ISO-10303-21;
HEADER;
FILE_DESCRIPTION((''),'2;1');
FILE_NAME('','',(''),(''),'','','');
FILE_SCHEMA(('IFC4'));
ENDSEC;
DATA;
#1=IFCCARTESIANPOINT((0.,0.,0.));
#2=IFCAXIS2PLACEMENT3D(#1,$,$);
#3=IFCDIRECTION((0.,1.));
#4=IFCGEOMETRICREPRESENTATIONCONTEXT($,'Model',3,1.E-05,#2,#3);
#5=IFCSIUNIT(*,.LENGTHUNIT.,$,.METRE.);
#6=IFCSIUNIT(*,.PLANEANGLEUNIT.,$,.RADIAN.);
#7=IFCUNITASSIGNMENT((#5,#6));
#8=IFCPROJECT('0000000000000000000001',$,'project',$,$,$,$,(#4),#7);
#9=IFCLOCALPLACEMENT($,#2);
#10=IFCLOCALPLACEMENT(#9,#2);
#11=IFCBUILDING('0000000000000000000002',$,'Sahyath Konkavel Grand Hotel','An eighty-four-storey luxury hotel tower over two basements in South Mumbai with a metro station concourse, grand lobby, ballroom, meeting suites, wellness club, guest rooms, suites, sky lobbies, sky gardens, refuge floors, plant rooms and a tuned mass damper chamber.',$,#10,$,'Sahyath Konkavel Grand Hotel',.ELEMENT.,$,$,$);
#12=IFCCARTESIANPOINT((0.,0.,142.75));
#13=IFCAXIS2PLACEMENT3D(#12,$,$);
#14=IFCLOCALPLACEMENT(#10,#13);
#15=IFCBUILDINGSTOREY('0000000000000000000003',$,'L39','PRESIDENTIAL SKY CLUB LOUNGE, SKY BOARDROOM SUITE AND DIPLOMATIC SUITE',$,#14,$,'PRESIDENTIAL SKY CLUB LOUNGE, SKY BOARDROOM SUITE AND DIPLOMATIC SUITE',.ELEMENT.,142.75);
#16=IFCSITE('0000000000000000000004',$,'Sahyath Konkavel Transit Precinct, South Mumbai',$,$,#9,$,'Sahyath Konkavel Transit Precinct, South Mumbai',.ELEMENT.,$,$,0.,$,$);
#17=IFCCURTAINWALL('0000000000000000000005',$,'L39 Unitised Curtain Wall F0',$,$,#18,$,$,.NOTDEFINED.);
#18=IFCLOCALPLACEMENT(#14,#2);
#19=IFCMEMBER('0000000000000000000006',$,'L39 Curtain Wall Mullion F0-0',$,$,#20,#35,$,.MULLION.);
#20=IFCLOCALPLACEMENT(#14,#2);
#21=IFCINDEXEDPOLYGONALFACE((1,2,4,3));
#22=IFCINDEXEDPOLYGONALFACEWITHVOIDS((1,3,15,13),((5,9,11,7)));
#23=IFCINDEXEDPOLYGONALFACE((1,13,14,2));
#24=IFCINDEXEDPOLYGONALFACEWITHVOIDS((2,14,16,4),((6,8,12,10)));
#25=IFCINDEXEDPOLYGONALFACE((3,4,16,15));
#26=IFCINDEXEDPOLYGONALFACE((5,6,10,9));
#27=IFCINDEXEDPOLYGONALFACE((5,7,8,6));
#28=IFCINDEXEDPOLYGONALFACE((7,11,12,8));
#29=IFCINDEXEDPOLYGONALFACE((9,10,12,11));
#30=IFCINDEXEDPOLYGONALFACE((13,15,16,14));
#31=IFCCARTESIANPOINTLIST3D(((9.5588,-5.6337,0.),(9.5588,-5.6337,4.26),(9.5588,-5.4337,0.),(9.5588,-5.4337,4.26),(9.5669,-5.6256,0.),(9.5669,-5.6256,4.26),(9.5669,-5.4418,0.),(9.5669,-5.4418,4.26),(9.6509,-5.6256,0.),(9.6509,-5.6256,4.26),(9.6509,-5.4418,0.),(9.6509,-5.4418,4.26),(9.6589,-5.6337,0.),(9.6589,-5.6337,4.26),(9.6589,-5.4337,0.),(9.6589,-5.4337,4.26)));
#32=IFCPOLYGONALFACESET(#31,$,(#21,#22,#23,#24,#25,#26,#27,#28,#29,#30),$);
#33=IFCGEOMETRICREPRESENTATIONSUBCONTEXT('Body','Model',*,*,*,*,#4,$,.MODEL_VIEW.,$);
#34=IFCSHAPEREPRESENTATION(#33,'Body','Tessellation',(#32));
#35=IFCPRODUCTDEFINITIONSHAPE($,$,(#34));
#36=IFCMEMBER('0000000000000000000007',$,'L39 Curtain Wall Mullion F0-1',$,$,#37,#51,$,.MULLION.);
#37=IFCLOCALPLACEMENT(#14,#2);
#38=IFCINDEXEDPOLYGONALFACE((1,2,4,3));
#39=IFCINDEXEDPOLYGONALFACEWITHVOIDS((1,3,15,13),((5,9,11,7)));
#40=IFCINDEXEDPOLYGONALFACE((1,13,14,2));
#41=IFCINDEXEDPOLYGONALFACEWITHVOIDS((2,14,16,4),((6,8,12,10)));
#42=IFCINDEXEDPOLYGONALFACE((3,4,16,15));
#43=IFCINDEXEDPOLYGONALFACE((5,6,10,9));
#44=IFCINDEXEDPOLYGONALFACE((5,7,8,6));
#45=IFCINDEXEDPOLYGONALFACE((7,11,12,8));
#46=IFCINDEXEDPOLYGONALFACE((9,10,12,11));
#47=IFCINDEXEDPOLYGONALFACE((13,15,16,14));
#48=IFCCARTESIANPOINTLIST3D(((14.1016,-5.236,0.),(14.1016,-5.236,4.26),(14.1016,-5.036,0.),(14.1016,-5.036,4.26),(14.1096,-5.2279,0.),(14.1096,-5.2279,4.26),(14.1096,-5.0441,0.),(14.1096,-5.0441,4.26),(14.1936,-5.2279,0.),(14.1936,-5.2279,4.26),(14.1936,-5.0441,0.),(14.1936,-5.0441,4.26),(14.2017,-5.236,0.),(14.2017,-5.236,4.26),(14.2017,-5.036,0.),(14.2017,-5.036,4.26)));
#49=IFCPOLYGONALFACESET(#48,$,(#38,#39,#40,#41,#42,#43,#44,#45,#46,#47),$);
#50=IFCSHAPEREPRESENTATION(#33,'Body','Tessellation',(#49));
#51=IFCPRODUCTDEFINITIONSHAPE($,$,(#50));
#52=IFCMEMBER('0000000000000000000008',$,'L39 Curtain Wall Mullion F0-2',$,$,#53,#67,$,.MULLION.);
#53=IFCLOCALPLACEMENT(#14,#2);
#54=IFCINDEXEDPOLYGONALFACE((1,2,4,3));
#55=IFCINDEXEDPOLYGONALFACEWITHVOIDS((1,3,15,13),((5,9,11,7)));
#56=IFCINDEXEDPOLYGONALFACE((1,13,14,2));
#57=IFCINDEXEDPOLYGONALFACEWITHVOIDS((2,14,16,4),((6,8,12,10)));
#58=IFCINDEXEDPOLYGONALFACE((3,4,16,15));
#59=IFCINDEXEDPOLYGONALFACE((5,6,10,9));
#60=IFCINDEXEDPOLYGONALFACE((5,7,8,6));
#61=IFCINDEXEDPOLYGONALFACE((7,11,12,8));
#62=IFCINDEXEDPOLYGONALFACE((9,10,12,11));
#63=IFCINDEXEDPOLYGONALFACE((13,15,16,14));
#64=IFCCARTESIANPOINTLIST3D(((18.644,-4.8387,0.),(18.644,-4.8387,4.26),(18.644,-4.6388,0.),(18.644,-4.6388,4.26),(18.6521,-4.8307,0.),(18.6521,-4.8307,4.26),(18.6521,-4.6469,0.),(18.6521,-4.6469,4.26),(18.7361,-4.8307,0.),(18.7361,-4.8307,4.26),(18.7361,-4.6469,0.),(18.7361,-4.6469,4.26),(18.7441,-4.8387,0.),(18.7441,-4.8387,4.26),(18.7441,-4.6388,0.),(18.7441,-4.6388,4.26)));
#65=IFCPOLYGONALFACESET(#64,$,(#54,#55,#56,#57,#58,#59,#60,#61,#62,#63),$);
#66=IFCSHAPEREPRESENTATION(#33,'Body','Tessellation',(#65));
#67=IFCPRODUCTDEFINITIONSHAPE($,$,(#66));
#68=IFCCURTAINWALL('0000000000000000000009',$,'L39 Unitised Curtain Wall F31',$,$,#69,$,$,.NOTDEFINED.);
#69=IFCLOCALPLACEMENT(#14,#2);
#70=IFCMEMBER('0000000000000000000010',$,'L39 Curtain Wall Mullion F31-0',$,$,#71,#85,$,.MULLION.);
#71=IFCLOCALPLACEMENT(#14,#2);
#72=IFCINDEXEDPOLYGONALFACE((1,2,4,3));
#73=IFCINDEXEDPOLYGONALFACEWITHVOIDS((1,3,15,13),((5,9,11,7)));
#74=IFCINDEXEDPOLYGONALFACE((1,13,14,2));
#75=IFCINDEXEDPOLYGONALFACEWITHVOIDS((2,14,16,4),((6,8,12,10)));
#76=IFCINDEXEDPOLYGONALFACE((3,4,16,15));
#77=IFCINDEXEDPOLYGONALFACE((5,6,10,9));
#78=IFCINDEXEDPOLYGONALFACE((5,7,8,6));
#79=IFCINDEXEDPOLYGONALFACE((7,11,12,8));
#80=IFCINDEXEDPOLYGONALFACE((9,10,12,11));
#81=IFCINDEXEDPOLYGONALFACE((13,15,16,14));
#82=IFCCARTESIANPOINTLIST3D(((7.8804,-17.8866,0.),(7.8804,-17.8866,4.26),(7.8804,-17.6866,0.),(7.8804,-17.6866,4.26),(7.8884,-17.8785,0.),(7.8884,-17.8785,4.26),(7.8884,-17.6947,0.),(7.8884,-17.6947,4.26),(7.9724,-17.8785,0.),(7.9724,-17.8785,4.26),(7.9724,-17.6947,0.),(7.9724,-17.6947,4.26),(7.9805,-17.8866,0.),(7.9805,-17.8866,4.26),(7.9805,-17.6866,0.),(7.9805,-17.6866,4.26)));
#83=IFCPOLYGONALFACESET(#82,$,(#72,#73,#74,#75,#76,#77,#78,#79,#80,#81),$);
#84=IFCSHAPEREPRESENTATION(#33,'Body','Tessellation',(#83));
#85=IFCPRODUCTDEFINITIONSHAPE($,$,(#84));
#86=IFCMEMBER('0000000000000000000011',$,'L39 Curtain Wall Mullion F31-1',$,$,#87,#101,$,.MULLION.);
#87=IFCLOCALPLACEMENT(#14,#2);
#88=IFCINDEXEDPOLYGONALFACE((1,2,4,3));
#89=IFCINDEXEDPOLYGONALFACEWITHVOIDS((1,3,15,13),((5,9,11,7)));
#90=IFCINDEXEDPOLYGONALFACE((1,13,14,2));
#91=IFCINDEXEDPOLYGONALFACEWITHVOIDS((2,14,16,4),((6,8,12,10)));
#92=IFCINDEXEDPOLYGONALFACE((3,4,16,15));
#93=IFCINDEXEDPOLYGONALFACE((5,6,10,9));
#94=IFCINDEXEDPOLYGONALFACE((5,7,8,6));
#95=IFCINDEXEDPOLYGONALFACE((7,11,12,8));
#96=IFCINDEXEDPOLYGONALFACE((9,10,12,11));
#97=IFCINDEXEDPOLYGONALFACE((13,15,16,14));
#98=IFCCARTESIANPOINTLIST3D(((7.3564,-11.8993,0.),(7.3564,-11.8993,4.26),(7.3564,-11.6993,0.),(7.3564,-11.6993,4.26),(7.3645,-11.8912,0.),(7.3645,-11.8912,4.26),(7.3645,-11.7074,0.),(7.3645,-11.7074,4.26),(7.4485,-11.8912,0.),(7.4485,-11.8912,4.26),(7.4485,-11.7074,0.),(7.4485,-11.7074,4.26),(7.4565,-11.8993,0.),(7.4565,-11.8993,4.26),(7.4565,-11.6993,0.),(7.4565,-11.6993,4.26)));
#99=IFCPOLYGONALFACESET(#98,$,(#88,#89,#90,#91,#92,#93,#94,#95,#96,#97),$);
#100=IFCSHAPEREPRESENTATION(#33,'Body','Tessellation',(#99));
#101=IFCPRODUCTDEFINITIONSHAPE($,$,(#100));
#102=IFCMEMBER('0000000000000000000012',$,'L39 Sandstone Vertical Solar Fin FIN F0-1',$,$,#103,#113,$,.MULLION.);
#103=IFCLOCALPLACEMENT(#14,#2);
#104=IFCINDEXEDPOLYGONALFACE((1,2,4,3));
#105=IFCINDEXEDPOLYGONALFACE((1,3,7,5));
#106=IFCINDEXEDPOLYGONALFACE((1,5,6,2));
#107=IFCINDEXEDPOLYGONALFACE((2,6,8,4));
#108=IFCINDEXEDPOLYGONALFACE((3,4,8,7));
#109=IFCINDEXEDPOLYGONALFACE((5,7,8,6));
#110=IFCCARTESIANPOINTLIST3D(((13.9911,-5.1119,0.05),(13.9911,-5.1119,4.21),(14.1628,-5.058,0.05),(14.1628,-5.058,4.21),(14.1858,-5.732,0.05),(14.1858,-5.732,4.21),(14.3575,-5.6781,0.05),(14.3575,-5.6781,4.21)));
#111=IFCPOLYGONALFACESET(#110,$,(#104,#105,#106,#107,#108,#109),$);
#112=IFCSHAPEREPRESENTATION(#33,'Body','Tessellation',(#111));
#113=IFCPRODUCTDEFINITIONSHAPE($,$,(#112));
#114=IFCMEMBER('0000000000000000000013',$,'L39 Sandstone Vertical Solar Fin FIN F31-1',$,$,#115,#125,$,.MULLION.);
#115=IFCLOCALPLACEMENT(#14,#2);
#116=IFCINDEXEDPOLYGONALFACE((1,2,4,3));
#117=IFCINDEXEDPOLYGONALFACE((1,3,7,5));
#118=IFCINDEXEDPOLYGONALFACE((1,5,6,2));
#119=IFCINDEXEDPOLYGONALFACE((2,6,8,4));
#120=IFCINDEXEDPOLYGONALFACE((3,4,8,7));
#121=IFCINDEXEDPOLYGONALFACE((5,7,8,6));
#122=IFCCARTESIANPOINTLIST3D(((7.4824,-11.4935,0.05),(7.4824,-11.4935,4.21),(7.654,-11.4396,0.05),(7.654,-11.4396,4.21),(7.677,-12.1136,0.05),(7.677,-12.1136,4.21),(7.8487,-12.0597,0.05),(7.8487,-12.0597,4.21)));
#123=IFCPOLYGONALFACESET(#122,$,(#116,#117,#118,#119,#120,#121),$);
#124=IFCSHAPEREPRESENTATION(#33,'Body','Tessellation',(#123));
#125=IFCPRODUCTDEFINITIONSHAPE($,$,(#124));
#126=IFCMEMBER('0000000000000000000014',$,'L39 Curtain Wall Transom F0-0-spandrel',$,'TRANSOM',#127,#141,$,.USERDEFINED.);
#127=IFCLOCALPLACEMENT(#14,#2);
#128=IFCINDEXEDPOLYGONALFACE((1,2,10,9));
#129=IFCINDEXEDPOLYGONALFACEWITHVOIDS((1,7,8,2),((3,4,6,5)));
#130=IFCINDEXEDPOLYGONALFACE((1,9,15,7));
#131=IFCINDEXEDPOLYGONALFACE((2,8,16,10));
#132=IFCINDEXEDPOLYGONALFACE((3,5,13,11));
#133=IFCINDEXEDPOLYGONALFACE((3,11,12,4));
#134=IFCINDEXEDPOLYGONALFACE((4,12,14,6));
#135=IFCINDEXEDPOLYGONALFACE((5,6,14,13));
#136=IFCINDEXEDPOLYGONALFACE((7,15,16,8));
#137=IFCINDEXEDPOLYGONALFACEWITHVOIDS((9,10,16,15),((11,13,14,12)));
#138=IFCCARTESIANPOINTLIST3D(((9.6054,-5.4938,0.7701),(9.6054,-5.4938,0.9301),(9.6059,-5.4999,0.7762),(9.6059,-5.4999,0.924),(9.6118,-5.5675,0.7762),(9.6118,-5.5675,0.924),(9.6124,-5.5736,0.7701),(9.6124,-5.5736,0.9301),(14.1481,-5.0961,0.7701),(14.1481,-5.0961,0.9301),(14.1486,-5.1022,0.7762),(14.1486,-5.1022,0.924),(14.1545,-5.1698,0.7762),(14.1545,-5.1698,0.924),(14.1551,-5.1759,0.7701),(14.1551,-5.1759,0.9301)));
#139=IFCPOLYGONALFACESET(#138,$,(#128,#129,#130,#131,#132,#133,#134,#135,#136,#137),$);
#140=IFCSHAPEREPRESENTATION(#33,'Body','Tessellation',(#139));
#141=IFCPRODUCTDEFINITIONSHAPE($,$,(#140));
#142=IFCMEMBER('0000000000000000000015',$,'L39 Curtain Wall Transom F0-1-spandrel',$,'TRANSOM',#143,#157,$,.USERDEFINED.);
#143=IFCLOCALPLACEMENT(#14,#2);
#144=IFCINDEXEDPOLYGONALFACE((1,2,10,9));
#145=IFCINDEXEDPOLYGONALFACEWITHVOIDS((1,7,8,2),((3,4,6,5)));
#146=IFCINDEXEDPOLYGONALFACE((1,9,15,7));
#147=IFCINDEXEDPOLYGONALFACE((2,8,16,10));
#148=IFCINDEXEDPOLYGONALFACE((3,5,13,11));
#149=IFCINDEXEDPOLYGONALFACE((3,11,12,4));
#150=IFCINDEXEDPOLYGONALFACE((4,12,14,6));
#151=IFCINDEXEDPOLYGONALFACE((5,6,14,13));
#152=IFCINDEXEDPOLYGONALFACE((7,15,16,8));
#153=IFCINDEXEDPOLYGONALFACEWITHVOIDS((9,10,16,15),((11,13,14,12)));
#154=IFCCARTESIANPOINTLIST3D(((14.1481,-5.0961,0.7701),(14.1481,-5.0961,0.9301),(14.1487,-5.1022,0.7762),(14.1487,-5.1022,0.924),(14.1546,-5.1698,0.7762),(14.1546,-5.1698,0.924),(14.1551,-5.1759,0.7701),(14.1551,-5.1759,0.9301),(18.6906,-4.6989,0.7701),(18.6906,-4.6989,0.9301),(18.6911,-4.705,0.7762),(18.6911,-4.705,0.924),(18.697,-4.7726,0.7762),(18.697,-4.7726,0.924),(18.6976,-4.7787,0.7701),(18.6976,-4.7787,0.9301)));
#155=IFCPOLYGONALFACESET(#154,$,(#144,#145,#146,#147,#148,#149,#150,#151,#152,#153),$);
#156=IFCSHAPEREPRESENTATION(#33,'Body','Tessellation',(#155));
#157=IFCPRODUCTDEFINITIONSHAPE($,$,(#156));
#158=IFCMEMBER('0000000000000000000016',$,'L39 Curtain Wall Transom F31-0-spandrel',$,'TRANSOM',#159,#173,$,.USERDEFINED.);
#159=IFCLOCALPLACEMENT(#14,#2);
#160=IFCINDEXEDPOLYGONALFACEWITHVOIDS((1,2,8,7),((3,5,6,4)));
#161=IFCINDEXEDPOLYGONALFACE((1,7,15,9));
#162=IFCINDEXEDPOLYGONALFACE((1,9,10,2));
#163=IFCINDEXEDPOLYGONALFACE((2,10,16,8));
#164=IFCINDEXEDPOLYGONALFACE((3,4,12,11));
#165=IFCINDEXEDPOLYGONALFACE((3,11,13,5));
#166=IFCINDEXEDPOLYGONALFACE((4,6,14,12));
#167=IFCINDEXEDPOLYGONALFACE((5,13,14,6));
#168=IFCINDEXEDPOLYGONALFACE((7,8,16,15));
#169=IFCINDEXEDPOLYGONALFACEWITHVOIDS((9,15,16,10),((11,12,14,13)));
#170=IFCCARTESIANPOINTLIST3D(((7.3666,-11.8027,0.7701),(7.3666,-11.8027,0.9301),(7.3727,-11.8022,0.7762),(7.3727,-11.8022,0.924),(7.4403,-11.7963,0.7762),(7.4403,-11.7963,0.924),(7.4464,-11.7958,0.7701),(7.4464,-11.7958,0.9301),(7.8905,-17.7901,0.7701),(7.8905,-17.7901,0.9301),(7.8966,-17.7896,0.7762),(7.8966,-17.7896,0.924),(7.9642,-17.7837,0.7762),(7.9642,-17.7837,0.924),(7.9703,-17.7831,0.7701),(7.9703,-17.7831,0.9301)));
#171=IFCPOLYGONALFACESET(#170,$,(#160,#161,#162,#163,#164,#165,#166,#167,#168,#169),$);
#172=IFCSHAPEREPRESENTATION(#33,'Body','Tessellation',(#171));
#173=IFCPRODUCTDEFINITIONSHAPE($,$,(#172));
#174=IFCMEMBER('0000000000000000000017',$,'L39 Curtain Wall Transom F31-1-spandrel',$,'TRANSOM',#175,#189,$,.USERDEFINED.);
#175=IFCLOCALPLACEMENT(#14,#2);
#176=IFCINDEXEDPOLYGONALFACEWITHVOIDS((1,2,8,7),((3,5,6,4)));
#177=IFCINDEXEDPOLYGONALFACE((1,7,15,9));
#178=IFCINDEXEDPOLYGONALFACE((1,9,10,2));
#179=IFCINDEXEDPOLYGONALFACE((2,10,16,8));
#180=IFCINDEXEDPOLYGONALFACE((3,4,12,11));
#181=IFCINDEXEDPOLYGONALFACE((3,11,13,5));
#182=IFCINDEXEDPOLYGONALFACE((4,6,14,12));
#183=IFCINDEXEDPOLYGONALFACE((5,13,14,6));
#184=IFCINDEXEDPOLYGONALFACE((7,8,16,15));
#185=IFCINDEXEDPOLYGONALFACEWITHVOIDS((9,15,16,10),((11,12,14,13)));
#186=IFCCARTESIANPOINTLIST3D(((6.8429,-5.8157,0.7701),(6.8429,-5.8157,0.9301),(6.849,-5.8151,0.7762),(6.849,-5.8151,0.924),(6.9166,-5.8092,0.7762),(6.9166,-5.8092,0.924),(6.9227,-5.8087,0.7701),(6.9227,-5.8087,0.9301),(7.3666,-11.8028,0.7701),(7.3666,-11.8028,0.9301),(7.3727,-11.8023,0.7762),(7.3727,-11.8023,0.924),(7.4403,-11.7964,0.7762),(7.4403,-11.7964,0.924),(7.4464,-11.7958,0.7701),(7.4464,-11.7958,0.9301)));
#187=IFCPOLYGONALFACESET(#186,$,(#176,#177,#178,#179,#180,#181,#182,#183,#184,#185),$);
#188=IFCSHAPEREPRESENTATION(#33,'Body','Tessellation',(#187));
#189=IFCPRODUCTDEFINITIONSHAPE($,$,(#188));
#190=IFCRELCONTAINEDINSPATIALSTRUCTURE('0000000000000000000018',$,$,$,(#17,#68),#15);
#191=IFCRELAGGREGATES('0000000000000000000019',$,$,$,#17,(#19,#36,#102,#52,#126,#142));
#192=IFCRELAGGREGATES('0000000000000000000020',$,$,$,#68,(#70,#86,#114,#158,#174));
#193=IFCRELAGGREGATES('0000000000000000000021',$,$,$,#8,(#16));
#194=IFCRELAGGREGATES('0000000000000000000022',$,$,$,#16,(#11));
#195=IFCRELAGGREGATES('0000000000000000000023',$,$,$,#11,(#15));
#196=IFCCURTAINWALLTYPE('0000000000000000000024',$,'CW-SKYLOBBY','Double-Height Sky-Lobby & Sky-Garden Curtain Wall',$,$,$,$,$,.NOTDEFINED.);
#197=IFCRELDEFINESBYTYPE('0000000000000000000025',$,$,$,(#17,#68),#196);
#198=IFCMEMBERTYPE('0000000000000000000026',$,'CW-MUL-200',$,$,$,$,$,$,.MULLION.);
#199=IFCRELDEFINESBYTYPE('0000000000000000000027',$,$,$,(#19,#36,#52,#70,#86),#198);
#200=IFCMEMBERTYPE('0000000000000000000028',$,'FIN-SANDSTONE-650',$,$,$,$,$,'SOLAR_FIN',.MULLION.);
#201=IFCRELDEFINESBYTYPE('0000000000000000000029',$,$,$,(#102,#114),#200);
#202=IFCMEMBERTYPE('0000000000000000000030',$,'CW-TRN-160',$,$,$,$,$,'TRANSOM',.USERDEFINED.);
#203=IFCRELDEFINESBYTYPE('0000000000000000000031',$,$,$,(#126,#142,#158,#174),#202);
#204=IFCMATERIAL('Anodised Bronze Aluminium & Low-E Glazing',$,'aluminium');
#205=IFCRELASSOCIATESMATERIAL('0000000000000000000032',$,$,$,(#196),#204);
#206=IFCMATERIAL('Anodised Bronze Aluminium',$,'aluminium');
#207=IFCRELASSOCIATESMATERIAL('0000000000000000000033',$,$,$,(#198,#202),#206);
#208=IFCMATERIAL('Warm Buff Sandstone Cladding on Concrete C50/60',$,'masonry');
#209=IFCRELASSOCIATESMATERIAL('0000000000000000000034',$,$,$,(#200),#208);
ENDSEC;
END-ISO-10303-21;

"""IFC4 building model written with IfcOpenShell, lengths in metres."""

from ifc_helpers import new_model, si_unit, direction, frame, origin, origin_2d, place, context, subcontext, project, spatial, rectangle, hollow_rectangle, extrude, source, transform, mapped, material, material_profile, profile_set, type_object, element, aggregate, save


model = new_model("IFC4")

# Units and contexts
model_context = context("Model", 3, precision=1e-05, world=origin(), true_north=direction((0.0, 1.0)))
body_context = subcontext(model_context, "Body", "Model", "MODEL_VIEW")
ifc_project = project(units=[si_unit("LENGTHUNIT", "METRE"), si_unit("PLANEANGLEUNIT", "RADIAN")], contexts=[model_context])

# Site, building, storey
site_placement = place(None, origin())
site = spatial("IfcSite", under=ifc_project, at=site_placement, Name="Sahyath Konkavel Transit Precinct, South Mumbai", LongName="Sahyath Konkavel Transit Precinct, South Mumbai", CompositionType="ELEMENT", RefElevation=0.0)
building_placement = place(site_placement, origin())
building = spatial("IfcBuilding", under=site, at=building_placement, Name="Sahyath Konkavel Grand Hotel", Description="An eighty-four-storey luxury hotel tower over two basements in South Mumbai with a metro station concourse, grand lobby, ballroom, meeting suites, wellness club, guest rooms, suites, sky lobbies, sky gardens, refuge floors, plant rooms and a tuned mass damper chamber.", LongName="Sahyath Konkavel Grand Hotel", CompositionType="ELEMENT")
storey_placement = place(building_placement, frame((0.0, 0.0, 142.75)))
storey = spatial("IfcBuildingStorey", under=building, at=storey_placement, Name="L39", Description="PRESIDENTIAL SKY CLUB LOUNGE, SKY BOARDROOM SUITE AND DIPLOMATIC SUITE", LongName="PRESIDENTIAL SKY CLUB LOUNGE, SKY BOARDROOM SUITE AND DIPLOMATIC SUITE", CompositionType="ELEMENT", Elevation=142.75)

# Curtain walls, members
ifc_material_1 = material(Name="Anodised Bronze Aluminium & Low-E Glazing", Category="aluminium")
curtain_wall_type = type_object("IfcCurtainWallType", Name="CW-SKYLOBBY", Description="Double-Height Sky-Lobby & Sky-Garden Curtain Wall", PredefinedType="NOTDEFINED", material=ifc_material_1)
curtain_wall_1_placement = place(storey_placement, origin())
curtain_wall_1 = element("IfcCurtainWall", 1, at=curtain_wall_1_placement, inside=storey, type_object=curtain_wall_type, Name="L39 Unitised Curtain Wall F0", PredefinedType="NOTDEFINED")
ifc_material_2 = material(Name="Anodised Bronze Aluminium", Category="aluminium")
ifc_material_profile_1 = material_profile(ifc_material_2, hollow_rectangle(XDim=0.1001, YDim=0.2, WallThickness=0.0081, at=origin_2d()), Name="RHS 200x100x8")
ifc_profile_set_1 = profile_set([ifc_material_profile_1], Name="Anodised Bronze Aluminium")
member_type_1 = type_object("IfcMemberType", Name="CW-MUL-200", PredefinedType="MULLION", material=ifc_profile_set_1)
shared_shape_1 = source(origin(), body_context, "Body", "SweptSolid", [
    extrude(hollow_rectangle(XDim=0.1001, YDim=0.2, WallThickness=0.0081, at=origin_2d()), origin(), (0.0, 0.0, 1.0), 4.26),
])
member_1_placement = place(storey_placement, frame((9.6089, -5.5337, 0.0), z_axis=(0.0, 0.0, 1.0), x_axis=(1.0, 0.0, 0.0)))
member_1 = element("IfcMember", 2, at=member_1_placement, type_object=member_type_1, Name="L39 Curtain Wall Mullion F0-0", PredefinedType="MULLION", context=body_context, shape_type="MappedRepresentation", body=[
    mapped(shared_shape_1, transform((0.0, 0.0, 0.0), scale=1.0)),
])
member_2_placement = place(storey_placement, frame((14.1516, -5.136, 0.0), z_axis=(0.0, 0.0, 1.0), x_axis=(1.0, 0.0, 0.0)))
member_2 = element("IfcMember", 3, at=member_2_placement, type_object=member_type_1, Name="L39 Curtain Wall Mullion F0-1", PredefinedType="MULLION", context=body_context, shape_type="MappedRepresentation", body=[
    mapped(shared_shape_1, transform((0.0, 0.0, 0.0), scale=1.0)),
])
member_3_placement = place(storey_placement, frame((18.6941, -4.7388, 0.0), z_axis=(0.0, 0.0, 1.0), x_axis=(1.0, 0.0, 0.0)))
member_3 = element("IfcMember", 4, at=member_3_placement, type_object=member_type_1, Name="L39 Curtain Wall Mullion F0-2", PredefinedType="MULLION", context=body_context, shape_type="MappedRepresentation", body=[
    mapped(shared_shape_1, transform((0.0, 0.0, 0.0), scale=1.0)),
])
curtain_wall_2_placement = place(storey_placement, origin())
curtain_wall_2 = element("IfcCurtainWall", 5, at=curtain_wall_2_placement, inside=storey, type_object=curtain_wall_type, Name="L39 Unitised Curtain Wall F31", PredefinedType="NOTDEFINED")
member_4_placement = place(storey_placement, frame((7.9304, -17.7866, 0.0), z_axis=(0.0, 0.0, 1.0), x_axis=(1.0, 0.0, 0.0)))
member_4 = element("IfcMember", 6, at=member_4_placement, type_object=member_type_1, Name="L39 Curtain Wall Mullion F31-0", PredefinedType="MULLION", context=body_context, shape_type="MappedRepresentation", body=[
    mapped(shared_shape_1, transform((0.0, 0.0, 0.0), scale=1.0)),
])
member_5_placement = place(storey_placement, frame((7.4065, -11.7993, 0.0), z_axis=(0.0, 0.0, 1.0), x_axis=(1.0, 0.0, 0.0)))
member_5 = element("IfcMember", 7, at=member_5_placement, type_object=member_type_1, Name="L39 Curtain Wall Mullion F31-1", PredefinedType="MULLION", context=body_context, shape_type="MappedRepresentation", body=[
    mapped(shared_shape_1, transform((0.0, 0.0, 0.0), scale=1.0)),
])

# Members
ifc_material_3 = material(Name="Warm Buff Sandstone Cladding on Concrete C50/60", Category="masonry")
ifc_material_profile_2 = material_profile(ifc_material_3, rectangle(XDim=0.1799, YDim=0.6499, at=origin_2d()), Name="FIN 180x650")
ifc_profile_set_2 = profile_set([ifc_material_profile_2], Name="Warm Buff Sandstone Cladding on Concrete C50/60")
member_type_2 = type_object("IfcMemberType", Name="FIN-SANDSTONE-650", ElementType="SOLAR_FIN", PredefinedType="MULLION", material=ifc_profile_set_2)
shared_shape_2 = source(origin(), body_context, "Body", "SweptSolid", [
    extrude(rectangle(XDim=0.1799, YDim=0.6499, at=origin_2d()), origin(), (0.0, 0.0, 1.0), 4.1599),
])
member_6_placement = place(storey_placement, frame((14.1743, -5.395, 0.05), z_axis=(0.0, 0.0, 1.0), x_axis=(0.954084, 0.29954, 0.0)))
member_6 = element("IfcMember", 8, at=member_6_placement, type_object=member_type_2, Name="L39 Sandstone Vertical Solar Fin FIN F0-1", PredefinedType="MULLION", context=body_context, shape_type="MappedRepresentation", body=[
    mapped(shared_shape_2, transform((0.0, 0.0, 0.0), scale=1.0)),
])
member_7_placement = place(storey_placement, frame((7.6655, -11.7766, 0.05), z_axis=(0.0, 0.0, 1.0), x_axis=(0.954084, 0.29954, 0.0)))
member_7 = element("IfcMember", 9, at=member_7_placement, type_object=member_type_2, Name="L39 Sandstone Vertical Solar Fin FIN F31-1", PredefinedType="MULLION", context=body_context, shape_type="MappedRepresentation", body=[
    mapped(shared_shape_2, transform((0.0, 0.0, 0.0), scale=1.0)),
])
ifc_material_profile_3 = material_profile(ifc_material_2, hollow_rectangle(XDim=0.0801, YDim=0.1599, WallThickness=0.0061, at=origin_2d()), Name="RHS 160x80x6")
ifc_profile_set_3 = profile_set([ifc_material_profile_3], Name="Anodised Bronze Aluminium")
member_type_3 = type_object("IfcMemberType", Name="CW-TRN-160", ElementType="TRANSOM", PredefinedType="USERDEFINED", material=ifc_profile_set_3)
shared_shape_3 = source(origin(), body_context, "Body", "SweptSolid", [
    extrude(hollow_rectangle(XDim=0.0801, YDim=0.1599, WallThickness=0.0061, at=origin_2d()), origin(), (0.0, 0.0, 1.0), 4.5601),
])
member_8_placement = place(storey_placement, frame((9.6089, -5.5337, 0.8501), z_axis=(0.99619, 0.087214, 0.0), x_axis=(-0.087214, 0.99619, 0.0)))
member_8 = element("IfcMember", 10, at=member_8_placement, type_object=member_type_3, Name="L39 Curtain Wall Transom F0-0-spandrel", ObjectType="TRANSOM", PredefinedType="USERDEFINED", context=body_context, shape_type="MappedRepresentation", body=[
    mapped(shared_shape_3, transform((0.0, 0.0, 0.0), scale=1.0)),
])
shared_shape_4 = source(origin(), body_context, "Body", "SweptSolid", [
    extrude(hollow_rectangle(XDim=0.0801, YDim=0.1599, WallThickness=0.0061, at=origin_2d()), origin(), (0.0, 0.0, 1.0), 4.5598),
])
member_9_placement = place(storey_placement, frame((14.1516, -5.136, 0.8501), z_axis=(0.996198, 0.087112, 0.0), x_axis=(-0.087112, 0.996198, 0.0)))
member_9 = element("IfcMember", 11, at=member_9_placement, type_object=member_type_3, Name="L39 Curtain Wall Transom F0-1-spandrel", ObjectType="TRANSOM", PredefinedType="USERDEFINED", context=body_context, shape_type="MappedRepresentation", body=[
    mapped(shared_shape_4, transform((0.0, 0.0, 0.0), scale=1.0)),
])
shared_shape_5 = source(origin(), body_context, "Body", "SweptSolid", [
    extrude(hollow_rectangle(XDim=0.0801, YDim=0.1599, WallThickness=0.0061, at=origin_2d()), origin(), (0.0, 0.0, 1.0), 6.0103),
])
member_10_placement = place(storey_placement, frame((7.9304, -17.7866, 0.8501), z_axis=(-0.087173, 0.996193, 0.0), x_axis=(-0.996193, -0.087173, 0.0)))
member_10 = element("IfcMember", 12, at=member_10_placement, type_object=member_type_3, Name="L39 Curtain Wall Transom F31-0-spandrel", ObjectType="TRANSOM", PredefinedType="USERDEFINED", context=body_context, shape_type="MappedRepresentation", body=[
    mapped(shared_shape_5, transform((0.0, 0.0, 0.0), scale=1.0)),
])
shared_shape_6 = source(origin(), body_context, "Body", "SweptSolid", [
    extrude(hollow_rectangle(XDim=0.0801, YDim=0.1599, WallThickness=0.0061, at=origin_2d()), origin(), (0.0, 0.0, 1.0), 6.01),
])
member_11_placement = place(storey_placement, frame((7.4065, -11.7993, 0.8501), z_axis=(-0.087136, 0.996196, 0.0), x_axis=(-0.996196, -0.087136, 0.0)))
member_11 = element("IfcMember", 13, at=member_11_placement, type_object=member_type_3, Name="L39 Curtain Wall Transom F31-1-spandrel", ObjectType="TRANSOM", PredefinedType="USERDEFINED", context=body_context, shape_type="MappedRepresentation", body=[
    mapped(shared_shape_6, transform((0.0, 0.0, 0.0), scale=1.0)),
])

aggregate(curtain_wall_1, [member_1, member_2, member_6, member_3, member_8, member_9])
aggregate(curtain_wall_2, [member_4, member_5, member_7, member_10, member_11])

save(model, "model.ifc")
